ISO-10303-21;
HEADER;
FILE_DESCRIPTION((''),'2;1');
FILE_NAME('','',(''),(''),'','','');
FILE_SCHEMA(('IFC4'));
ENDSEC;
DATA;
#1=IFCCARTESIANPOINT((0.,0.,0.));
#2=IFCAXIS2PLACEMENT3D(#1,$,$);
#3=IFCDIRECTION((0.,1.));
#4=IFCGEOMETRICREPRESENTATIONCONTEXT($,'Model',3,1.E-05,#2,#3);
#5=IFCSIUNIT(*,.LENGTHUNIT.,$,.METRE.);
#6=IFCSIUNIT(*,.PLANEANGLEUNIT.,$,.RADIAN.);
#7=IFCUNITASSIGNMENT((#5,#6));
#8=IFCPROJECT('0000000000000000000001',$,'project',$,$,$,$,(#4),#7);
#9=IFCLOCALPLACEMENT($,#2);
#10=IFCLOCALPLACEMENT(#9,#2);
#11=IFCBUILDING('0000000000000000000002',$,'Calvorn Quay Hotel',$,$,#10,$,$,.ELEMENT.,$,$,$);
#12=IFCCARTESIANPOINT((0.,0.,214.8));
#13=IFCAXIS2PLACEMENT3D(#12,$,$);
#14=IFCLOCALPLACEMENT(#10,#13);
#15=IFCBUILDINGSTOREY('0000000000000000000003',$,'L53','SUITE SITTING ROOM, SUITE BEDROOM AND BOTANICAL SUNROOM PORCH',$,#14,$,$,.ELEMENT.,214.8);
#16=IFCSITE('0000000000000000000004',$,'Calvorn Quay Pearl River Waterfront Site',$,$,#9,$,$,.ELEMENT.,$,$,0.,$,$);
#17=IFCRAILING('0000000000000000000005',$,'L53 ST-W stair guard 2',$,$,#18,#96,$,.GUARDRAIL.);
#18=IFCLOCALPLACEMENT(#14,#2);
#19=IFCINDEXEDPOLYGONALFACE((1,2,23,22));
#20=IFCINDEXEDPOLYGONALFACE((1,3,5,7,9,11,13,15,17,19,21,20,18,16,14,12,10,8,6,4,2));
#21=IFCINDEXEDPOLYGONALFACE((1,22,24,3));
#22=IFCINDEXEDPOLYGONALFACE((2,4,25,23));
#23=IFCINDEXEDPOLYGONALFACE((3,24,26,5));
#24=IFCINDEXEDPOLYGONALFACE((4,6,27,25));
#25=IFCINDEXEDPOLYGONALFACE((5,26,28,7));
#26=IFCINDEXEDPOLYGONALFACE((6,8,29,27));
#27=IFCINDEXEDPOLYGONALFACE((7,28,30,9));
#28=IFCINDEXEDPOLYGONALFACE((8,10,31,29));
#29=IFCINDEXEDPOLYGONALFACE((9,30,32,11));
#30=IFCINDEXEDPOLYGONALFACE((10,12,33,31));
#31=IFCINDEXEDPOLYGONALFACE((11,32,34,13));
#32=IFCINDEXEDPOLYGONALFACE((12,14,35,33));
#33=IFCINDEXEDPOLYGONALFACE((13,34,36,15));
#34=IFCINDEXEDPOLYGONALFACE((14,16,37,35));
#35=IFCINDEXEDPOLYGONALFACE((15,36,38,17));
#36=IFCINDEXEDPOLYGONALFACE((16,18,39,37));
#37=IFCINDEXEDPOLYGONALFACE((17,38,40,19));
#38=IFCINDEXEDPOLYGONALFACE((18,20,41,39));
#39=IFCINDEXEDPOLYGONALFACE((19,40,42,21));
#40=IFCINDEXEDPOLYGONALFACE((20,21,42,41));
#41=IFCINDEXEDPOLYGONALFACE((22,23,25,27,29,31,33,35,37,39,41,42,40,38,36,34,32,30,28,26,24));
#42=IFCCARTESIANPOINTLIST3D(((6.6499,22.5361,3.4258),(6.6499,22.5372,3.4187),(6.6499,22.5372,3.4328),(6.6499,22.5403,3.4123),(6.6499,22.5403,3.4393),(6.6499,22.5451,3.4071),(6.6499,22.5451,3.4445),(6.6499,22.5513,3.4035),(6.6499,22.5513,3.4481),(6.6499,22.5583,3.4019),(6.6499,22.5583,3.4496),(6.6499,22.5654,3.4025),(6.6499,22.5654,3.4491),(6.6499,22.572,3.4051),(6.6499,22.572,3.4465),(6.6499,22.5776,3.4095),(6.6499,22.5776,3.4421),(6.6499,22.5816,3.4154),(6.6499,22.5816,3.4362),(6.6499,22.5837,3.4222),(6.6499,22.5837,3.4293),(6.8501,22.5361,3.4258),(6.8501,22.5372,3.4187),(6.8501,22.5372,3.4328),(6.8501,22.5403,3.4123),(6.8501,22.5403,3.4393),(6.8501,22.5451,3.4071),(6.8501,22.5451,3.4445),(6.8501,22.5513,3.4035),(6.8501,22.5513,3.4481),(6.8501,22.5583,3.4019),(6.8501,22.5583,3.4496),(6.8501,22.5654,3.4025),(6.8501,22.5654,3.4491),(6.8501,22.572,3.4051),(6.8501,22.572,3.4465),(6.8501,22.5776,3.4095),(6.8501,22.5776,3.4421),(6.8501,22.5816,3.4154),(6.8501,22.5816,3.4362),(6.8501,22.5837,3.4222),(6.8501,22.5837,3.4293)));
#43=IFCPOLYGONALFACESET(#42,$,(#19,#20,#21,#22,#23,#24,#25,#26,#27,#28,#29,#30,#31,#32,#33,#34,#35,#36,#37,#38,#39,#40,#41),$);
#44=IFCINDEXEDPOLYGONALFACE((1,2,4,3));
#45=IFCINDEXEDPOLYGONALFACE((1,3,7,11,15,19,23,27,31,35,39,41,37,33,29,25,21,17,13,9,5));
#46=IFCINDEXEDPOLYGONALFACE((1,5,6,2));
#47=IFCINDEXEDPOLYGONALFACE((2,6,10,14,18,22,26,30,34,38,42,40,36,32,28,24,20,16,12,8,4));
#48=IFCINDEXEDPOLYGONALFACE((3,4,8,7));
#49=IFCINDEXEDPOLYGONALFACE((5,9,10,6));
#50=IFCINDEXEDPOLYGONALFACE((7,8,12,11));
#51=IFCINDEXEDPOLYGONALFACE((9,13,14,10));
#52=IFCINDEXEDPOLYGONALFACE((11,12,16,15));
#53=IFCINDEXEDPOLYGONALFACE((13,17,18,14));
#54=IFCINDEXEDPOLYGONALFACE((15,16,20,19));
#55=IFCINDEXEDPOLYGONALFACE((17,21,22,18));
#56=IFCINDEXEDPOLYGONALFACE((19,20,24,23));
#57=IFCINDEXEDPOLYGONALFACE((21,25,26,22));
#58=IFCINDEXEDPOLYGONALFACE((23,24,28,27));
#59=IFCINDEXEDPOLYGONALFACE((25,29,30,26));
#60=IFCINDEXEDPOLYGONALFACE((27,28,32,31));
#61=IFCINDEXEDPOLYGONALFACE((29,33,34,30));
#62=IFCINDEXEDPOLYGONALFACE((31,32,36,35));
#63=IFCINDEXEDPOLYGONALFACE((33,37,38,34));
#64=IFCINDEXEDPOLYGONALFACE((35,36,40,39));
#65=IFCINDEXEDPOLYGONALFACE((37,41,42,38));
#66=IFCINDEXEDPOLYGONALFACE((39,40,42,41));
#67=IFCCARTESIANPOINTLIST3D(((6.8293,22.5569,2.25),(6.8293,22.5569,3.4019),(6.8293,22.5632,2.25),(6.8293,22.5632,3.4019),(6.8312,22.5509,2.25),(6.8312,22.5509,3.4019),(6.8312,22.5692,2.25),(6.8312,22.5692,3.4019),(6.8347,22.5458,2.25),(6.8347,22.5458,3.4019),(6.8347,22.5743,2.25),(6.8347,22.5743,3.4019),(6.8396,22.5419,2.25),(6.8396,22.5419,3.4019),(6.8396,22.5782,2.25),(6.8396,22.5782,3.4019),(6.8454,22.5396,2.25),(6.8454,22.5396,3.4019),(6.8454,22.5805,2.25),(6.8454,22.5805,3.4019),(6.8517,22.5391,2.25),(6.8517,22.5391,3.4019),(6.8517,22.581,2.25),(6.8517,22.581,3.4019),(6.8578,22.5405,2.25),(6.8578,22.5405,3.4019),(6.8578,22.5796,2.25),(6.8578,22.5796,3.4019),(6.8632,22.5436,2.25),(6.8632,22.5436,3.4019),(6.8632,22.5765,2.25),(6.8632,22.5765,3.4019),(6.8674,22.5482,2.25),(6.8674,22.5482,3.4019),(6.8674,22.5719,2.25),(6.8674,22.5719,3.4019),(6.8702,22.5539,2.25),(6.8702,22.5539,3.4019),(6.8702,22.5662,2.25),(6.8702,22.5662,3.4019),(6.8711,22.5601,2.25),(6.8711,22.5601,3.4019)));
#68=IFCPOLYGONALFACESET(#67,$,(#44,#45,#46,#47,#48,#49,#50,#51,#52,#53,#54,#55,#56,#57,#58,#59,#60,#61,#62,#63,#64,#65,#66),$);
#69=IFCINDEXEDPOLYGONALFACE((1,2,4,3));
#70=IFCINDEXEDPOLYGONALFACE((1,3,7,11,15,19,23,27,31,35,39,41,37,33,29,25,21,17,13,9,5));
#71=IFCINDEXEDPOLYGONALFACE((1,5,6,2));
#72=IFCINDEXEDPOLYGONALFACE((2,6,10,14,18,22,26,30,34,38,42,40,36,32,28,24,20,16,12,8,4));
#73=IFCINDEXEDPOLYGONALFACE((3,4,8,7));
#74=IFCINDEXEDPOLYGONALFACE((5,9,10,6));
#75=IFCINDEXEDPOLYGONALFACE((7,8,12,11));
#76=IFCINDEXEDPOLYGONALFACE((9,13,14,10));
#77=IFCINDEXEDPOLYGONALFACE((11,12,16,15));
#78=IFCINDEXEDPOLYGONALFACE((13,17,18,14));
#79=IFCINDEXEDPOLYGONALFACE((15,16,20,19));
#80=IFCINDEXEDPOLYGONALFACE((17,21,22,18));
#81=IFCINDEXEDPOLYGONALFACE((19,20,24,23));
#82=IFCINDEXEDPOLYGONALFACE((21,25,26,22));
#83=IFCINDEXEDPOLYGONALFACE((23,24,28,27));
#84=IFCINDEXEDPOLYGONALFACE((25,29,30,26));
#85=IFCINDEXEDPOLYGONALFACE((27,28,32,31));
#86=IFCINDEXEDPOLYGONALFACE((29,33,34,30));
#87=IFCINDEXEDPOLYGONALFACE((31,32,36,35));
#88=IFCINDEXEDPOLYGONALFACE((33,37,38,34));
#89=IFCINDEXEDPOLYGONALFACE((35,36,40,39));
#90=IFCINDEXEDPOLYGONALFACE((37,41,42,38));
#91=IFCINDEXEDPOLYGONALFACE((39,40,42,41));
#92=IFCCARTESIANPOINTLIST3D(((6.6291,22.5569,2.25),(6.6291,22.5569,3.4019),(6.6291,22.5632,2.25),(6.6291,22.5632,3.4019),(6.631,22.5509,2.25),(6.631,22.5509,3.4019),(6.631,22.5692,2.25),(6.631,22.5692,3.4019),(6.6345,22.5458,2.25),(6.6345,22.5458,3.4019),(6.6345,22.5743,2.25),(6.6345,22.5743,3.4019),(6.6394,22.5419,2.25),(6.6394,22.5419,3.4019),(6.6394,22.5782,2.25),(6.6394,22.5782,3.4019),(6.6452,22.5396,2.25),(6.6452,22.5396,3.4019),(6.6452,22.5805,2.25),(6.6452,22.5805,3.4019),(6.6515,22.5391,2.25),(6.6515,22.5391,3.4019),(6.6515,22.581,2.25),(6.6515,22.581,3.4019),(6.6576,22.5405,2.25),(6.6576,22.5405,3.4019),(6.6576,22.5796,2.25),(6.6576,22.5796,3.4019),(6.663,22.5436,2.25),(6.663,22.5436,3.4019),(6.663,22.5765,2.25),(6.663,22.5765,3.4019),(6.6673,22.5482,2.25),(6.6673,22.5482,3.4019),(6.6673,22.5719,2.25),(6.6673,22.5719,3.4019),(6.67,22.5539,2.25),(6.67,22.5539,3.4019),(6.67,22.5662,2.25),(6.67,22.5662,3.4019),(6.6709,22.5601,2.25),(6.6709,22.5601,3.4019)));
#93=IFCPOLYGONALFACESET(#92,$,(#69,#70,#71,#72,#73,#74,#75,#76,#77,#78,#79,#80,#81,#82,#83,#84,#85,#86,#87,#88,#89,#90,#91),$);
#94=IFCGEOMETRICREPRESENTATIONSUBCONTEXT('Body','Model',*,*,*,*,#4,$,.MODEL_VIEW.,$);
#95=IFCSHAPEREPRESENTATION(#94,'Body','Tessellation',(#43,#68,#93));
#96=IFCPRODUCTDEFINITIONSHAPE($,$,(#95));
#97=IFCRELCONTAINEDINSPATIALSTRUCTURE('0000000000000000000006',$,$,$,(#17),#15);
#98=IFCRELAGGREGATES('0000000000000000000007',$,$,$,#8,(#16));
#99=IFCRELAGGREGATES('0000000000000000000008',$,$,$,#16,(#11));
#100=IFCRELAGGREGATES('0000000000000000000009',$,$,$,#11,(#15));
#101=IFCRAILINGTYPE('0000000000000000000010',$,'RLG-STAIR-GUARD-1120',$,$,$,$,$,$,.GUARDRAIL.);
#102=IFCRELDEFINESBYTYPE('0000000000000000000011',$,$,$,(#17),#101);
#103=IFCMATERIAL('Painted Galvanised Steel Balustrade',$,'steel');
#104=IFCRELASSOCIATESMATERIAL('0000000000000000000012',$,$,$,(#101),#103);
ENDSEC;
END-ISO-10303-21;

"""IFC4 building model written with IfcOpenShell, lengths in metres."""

from ifc_helpers import new_model, si_unit, direction, frame, origin, origin_2d, place, context, subcontext, project, spatial, circle, extrude, material, type_object, element, save


model = new_model("IFC4")

# Units and contexts
model_context = context("Model", 3, precision=1e-05, world=origin(), true_north=direction((0.0, 1.0)))
body_context = subcontext(model_context, "Body", "Model", "MODEL_VIEW")
ifc_project = project(units=[si_unit("LENGTHUNIT", "METRE"), si_unit("PLANEANGLEUNIT", "RADIAN")], contexts=[model_context])

# Site, building, storey
site_placement = place(None, origin())
site = spatial("IfcSite", under=ifc_project, at=site_placement, Name="Calvorn Quay Pearl River Waterfront Site", CompositionType="ELEMENT", RefElevation=0.0)
building_placement = place(site_placement, origin())
building = spatial("IfcBuilding", under=site, at=building_placement, Name="Calvorn Quay Hotel", CompositionType="ELEMENT")
storey_placement = place(building_placement, frame((0.0, 0.0, 214.8)))
storey = spatial("IfcBuildingStorey", under=building, at=storey_placement, Name="L53", Description="SUITE SITTING ROOM, SUITE BEDROOM AND BOTANICAL SUNROOM PORCH", CompositionType="ELEMENT", Elevation=214.8)

# Railing
ifc_material_1 = material(Name="Painted Galvanised Steel Balustrade", Category="steel")
railing_type_1 = type_object("IfcRailingType", Name="RLG-STAIR-GUARD-1120", PredefinedType="GUARDRAIL", material=ifc_material_1)
railing_1_placement = place(storey_placement, frame((6.8501, 22.5601, 2.25)))
element("IfcRailing", 1, at=railing_1_placement, inside=storey, type_object=railing_type_1, Name="L53 ST-W stair guard 2", PredefinedType="GUARDRAIL", context=body_context, shape_type="SweptSolid", body=[
    extrude(circle(Radius=0.0239, at=origin_2d()), frame((0.0, 0.0, 1.1758), z_axis=(-1.0, 0.0, 0.0), x_axis=(0.0, -1.0, 0.0)), (0.0, 0.0, 1.0), 0.2002),
    extrude(circle(Radius=0.021, at=origin_2d()), origin(), (0.0, 0.0, 1.0), 1.1519),
    extrude(circle(Radius=0.021, at=origin_2d()), frame((-0.2002, 0.0, 0.0)), (0.0, 0.0, 1.0), 1.1519),
])

save(model, "model.ifc")
